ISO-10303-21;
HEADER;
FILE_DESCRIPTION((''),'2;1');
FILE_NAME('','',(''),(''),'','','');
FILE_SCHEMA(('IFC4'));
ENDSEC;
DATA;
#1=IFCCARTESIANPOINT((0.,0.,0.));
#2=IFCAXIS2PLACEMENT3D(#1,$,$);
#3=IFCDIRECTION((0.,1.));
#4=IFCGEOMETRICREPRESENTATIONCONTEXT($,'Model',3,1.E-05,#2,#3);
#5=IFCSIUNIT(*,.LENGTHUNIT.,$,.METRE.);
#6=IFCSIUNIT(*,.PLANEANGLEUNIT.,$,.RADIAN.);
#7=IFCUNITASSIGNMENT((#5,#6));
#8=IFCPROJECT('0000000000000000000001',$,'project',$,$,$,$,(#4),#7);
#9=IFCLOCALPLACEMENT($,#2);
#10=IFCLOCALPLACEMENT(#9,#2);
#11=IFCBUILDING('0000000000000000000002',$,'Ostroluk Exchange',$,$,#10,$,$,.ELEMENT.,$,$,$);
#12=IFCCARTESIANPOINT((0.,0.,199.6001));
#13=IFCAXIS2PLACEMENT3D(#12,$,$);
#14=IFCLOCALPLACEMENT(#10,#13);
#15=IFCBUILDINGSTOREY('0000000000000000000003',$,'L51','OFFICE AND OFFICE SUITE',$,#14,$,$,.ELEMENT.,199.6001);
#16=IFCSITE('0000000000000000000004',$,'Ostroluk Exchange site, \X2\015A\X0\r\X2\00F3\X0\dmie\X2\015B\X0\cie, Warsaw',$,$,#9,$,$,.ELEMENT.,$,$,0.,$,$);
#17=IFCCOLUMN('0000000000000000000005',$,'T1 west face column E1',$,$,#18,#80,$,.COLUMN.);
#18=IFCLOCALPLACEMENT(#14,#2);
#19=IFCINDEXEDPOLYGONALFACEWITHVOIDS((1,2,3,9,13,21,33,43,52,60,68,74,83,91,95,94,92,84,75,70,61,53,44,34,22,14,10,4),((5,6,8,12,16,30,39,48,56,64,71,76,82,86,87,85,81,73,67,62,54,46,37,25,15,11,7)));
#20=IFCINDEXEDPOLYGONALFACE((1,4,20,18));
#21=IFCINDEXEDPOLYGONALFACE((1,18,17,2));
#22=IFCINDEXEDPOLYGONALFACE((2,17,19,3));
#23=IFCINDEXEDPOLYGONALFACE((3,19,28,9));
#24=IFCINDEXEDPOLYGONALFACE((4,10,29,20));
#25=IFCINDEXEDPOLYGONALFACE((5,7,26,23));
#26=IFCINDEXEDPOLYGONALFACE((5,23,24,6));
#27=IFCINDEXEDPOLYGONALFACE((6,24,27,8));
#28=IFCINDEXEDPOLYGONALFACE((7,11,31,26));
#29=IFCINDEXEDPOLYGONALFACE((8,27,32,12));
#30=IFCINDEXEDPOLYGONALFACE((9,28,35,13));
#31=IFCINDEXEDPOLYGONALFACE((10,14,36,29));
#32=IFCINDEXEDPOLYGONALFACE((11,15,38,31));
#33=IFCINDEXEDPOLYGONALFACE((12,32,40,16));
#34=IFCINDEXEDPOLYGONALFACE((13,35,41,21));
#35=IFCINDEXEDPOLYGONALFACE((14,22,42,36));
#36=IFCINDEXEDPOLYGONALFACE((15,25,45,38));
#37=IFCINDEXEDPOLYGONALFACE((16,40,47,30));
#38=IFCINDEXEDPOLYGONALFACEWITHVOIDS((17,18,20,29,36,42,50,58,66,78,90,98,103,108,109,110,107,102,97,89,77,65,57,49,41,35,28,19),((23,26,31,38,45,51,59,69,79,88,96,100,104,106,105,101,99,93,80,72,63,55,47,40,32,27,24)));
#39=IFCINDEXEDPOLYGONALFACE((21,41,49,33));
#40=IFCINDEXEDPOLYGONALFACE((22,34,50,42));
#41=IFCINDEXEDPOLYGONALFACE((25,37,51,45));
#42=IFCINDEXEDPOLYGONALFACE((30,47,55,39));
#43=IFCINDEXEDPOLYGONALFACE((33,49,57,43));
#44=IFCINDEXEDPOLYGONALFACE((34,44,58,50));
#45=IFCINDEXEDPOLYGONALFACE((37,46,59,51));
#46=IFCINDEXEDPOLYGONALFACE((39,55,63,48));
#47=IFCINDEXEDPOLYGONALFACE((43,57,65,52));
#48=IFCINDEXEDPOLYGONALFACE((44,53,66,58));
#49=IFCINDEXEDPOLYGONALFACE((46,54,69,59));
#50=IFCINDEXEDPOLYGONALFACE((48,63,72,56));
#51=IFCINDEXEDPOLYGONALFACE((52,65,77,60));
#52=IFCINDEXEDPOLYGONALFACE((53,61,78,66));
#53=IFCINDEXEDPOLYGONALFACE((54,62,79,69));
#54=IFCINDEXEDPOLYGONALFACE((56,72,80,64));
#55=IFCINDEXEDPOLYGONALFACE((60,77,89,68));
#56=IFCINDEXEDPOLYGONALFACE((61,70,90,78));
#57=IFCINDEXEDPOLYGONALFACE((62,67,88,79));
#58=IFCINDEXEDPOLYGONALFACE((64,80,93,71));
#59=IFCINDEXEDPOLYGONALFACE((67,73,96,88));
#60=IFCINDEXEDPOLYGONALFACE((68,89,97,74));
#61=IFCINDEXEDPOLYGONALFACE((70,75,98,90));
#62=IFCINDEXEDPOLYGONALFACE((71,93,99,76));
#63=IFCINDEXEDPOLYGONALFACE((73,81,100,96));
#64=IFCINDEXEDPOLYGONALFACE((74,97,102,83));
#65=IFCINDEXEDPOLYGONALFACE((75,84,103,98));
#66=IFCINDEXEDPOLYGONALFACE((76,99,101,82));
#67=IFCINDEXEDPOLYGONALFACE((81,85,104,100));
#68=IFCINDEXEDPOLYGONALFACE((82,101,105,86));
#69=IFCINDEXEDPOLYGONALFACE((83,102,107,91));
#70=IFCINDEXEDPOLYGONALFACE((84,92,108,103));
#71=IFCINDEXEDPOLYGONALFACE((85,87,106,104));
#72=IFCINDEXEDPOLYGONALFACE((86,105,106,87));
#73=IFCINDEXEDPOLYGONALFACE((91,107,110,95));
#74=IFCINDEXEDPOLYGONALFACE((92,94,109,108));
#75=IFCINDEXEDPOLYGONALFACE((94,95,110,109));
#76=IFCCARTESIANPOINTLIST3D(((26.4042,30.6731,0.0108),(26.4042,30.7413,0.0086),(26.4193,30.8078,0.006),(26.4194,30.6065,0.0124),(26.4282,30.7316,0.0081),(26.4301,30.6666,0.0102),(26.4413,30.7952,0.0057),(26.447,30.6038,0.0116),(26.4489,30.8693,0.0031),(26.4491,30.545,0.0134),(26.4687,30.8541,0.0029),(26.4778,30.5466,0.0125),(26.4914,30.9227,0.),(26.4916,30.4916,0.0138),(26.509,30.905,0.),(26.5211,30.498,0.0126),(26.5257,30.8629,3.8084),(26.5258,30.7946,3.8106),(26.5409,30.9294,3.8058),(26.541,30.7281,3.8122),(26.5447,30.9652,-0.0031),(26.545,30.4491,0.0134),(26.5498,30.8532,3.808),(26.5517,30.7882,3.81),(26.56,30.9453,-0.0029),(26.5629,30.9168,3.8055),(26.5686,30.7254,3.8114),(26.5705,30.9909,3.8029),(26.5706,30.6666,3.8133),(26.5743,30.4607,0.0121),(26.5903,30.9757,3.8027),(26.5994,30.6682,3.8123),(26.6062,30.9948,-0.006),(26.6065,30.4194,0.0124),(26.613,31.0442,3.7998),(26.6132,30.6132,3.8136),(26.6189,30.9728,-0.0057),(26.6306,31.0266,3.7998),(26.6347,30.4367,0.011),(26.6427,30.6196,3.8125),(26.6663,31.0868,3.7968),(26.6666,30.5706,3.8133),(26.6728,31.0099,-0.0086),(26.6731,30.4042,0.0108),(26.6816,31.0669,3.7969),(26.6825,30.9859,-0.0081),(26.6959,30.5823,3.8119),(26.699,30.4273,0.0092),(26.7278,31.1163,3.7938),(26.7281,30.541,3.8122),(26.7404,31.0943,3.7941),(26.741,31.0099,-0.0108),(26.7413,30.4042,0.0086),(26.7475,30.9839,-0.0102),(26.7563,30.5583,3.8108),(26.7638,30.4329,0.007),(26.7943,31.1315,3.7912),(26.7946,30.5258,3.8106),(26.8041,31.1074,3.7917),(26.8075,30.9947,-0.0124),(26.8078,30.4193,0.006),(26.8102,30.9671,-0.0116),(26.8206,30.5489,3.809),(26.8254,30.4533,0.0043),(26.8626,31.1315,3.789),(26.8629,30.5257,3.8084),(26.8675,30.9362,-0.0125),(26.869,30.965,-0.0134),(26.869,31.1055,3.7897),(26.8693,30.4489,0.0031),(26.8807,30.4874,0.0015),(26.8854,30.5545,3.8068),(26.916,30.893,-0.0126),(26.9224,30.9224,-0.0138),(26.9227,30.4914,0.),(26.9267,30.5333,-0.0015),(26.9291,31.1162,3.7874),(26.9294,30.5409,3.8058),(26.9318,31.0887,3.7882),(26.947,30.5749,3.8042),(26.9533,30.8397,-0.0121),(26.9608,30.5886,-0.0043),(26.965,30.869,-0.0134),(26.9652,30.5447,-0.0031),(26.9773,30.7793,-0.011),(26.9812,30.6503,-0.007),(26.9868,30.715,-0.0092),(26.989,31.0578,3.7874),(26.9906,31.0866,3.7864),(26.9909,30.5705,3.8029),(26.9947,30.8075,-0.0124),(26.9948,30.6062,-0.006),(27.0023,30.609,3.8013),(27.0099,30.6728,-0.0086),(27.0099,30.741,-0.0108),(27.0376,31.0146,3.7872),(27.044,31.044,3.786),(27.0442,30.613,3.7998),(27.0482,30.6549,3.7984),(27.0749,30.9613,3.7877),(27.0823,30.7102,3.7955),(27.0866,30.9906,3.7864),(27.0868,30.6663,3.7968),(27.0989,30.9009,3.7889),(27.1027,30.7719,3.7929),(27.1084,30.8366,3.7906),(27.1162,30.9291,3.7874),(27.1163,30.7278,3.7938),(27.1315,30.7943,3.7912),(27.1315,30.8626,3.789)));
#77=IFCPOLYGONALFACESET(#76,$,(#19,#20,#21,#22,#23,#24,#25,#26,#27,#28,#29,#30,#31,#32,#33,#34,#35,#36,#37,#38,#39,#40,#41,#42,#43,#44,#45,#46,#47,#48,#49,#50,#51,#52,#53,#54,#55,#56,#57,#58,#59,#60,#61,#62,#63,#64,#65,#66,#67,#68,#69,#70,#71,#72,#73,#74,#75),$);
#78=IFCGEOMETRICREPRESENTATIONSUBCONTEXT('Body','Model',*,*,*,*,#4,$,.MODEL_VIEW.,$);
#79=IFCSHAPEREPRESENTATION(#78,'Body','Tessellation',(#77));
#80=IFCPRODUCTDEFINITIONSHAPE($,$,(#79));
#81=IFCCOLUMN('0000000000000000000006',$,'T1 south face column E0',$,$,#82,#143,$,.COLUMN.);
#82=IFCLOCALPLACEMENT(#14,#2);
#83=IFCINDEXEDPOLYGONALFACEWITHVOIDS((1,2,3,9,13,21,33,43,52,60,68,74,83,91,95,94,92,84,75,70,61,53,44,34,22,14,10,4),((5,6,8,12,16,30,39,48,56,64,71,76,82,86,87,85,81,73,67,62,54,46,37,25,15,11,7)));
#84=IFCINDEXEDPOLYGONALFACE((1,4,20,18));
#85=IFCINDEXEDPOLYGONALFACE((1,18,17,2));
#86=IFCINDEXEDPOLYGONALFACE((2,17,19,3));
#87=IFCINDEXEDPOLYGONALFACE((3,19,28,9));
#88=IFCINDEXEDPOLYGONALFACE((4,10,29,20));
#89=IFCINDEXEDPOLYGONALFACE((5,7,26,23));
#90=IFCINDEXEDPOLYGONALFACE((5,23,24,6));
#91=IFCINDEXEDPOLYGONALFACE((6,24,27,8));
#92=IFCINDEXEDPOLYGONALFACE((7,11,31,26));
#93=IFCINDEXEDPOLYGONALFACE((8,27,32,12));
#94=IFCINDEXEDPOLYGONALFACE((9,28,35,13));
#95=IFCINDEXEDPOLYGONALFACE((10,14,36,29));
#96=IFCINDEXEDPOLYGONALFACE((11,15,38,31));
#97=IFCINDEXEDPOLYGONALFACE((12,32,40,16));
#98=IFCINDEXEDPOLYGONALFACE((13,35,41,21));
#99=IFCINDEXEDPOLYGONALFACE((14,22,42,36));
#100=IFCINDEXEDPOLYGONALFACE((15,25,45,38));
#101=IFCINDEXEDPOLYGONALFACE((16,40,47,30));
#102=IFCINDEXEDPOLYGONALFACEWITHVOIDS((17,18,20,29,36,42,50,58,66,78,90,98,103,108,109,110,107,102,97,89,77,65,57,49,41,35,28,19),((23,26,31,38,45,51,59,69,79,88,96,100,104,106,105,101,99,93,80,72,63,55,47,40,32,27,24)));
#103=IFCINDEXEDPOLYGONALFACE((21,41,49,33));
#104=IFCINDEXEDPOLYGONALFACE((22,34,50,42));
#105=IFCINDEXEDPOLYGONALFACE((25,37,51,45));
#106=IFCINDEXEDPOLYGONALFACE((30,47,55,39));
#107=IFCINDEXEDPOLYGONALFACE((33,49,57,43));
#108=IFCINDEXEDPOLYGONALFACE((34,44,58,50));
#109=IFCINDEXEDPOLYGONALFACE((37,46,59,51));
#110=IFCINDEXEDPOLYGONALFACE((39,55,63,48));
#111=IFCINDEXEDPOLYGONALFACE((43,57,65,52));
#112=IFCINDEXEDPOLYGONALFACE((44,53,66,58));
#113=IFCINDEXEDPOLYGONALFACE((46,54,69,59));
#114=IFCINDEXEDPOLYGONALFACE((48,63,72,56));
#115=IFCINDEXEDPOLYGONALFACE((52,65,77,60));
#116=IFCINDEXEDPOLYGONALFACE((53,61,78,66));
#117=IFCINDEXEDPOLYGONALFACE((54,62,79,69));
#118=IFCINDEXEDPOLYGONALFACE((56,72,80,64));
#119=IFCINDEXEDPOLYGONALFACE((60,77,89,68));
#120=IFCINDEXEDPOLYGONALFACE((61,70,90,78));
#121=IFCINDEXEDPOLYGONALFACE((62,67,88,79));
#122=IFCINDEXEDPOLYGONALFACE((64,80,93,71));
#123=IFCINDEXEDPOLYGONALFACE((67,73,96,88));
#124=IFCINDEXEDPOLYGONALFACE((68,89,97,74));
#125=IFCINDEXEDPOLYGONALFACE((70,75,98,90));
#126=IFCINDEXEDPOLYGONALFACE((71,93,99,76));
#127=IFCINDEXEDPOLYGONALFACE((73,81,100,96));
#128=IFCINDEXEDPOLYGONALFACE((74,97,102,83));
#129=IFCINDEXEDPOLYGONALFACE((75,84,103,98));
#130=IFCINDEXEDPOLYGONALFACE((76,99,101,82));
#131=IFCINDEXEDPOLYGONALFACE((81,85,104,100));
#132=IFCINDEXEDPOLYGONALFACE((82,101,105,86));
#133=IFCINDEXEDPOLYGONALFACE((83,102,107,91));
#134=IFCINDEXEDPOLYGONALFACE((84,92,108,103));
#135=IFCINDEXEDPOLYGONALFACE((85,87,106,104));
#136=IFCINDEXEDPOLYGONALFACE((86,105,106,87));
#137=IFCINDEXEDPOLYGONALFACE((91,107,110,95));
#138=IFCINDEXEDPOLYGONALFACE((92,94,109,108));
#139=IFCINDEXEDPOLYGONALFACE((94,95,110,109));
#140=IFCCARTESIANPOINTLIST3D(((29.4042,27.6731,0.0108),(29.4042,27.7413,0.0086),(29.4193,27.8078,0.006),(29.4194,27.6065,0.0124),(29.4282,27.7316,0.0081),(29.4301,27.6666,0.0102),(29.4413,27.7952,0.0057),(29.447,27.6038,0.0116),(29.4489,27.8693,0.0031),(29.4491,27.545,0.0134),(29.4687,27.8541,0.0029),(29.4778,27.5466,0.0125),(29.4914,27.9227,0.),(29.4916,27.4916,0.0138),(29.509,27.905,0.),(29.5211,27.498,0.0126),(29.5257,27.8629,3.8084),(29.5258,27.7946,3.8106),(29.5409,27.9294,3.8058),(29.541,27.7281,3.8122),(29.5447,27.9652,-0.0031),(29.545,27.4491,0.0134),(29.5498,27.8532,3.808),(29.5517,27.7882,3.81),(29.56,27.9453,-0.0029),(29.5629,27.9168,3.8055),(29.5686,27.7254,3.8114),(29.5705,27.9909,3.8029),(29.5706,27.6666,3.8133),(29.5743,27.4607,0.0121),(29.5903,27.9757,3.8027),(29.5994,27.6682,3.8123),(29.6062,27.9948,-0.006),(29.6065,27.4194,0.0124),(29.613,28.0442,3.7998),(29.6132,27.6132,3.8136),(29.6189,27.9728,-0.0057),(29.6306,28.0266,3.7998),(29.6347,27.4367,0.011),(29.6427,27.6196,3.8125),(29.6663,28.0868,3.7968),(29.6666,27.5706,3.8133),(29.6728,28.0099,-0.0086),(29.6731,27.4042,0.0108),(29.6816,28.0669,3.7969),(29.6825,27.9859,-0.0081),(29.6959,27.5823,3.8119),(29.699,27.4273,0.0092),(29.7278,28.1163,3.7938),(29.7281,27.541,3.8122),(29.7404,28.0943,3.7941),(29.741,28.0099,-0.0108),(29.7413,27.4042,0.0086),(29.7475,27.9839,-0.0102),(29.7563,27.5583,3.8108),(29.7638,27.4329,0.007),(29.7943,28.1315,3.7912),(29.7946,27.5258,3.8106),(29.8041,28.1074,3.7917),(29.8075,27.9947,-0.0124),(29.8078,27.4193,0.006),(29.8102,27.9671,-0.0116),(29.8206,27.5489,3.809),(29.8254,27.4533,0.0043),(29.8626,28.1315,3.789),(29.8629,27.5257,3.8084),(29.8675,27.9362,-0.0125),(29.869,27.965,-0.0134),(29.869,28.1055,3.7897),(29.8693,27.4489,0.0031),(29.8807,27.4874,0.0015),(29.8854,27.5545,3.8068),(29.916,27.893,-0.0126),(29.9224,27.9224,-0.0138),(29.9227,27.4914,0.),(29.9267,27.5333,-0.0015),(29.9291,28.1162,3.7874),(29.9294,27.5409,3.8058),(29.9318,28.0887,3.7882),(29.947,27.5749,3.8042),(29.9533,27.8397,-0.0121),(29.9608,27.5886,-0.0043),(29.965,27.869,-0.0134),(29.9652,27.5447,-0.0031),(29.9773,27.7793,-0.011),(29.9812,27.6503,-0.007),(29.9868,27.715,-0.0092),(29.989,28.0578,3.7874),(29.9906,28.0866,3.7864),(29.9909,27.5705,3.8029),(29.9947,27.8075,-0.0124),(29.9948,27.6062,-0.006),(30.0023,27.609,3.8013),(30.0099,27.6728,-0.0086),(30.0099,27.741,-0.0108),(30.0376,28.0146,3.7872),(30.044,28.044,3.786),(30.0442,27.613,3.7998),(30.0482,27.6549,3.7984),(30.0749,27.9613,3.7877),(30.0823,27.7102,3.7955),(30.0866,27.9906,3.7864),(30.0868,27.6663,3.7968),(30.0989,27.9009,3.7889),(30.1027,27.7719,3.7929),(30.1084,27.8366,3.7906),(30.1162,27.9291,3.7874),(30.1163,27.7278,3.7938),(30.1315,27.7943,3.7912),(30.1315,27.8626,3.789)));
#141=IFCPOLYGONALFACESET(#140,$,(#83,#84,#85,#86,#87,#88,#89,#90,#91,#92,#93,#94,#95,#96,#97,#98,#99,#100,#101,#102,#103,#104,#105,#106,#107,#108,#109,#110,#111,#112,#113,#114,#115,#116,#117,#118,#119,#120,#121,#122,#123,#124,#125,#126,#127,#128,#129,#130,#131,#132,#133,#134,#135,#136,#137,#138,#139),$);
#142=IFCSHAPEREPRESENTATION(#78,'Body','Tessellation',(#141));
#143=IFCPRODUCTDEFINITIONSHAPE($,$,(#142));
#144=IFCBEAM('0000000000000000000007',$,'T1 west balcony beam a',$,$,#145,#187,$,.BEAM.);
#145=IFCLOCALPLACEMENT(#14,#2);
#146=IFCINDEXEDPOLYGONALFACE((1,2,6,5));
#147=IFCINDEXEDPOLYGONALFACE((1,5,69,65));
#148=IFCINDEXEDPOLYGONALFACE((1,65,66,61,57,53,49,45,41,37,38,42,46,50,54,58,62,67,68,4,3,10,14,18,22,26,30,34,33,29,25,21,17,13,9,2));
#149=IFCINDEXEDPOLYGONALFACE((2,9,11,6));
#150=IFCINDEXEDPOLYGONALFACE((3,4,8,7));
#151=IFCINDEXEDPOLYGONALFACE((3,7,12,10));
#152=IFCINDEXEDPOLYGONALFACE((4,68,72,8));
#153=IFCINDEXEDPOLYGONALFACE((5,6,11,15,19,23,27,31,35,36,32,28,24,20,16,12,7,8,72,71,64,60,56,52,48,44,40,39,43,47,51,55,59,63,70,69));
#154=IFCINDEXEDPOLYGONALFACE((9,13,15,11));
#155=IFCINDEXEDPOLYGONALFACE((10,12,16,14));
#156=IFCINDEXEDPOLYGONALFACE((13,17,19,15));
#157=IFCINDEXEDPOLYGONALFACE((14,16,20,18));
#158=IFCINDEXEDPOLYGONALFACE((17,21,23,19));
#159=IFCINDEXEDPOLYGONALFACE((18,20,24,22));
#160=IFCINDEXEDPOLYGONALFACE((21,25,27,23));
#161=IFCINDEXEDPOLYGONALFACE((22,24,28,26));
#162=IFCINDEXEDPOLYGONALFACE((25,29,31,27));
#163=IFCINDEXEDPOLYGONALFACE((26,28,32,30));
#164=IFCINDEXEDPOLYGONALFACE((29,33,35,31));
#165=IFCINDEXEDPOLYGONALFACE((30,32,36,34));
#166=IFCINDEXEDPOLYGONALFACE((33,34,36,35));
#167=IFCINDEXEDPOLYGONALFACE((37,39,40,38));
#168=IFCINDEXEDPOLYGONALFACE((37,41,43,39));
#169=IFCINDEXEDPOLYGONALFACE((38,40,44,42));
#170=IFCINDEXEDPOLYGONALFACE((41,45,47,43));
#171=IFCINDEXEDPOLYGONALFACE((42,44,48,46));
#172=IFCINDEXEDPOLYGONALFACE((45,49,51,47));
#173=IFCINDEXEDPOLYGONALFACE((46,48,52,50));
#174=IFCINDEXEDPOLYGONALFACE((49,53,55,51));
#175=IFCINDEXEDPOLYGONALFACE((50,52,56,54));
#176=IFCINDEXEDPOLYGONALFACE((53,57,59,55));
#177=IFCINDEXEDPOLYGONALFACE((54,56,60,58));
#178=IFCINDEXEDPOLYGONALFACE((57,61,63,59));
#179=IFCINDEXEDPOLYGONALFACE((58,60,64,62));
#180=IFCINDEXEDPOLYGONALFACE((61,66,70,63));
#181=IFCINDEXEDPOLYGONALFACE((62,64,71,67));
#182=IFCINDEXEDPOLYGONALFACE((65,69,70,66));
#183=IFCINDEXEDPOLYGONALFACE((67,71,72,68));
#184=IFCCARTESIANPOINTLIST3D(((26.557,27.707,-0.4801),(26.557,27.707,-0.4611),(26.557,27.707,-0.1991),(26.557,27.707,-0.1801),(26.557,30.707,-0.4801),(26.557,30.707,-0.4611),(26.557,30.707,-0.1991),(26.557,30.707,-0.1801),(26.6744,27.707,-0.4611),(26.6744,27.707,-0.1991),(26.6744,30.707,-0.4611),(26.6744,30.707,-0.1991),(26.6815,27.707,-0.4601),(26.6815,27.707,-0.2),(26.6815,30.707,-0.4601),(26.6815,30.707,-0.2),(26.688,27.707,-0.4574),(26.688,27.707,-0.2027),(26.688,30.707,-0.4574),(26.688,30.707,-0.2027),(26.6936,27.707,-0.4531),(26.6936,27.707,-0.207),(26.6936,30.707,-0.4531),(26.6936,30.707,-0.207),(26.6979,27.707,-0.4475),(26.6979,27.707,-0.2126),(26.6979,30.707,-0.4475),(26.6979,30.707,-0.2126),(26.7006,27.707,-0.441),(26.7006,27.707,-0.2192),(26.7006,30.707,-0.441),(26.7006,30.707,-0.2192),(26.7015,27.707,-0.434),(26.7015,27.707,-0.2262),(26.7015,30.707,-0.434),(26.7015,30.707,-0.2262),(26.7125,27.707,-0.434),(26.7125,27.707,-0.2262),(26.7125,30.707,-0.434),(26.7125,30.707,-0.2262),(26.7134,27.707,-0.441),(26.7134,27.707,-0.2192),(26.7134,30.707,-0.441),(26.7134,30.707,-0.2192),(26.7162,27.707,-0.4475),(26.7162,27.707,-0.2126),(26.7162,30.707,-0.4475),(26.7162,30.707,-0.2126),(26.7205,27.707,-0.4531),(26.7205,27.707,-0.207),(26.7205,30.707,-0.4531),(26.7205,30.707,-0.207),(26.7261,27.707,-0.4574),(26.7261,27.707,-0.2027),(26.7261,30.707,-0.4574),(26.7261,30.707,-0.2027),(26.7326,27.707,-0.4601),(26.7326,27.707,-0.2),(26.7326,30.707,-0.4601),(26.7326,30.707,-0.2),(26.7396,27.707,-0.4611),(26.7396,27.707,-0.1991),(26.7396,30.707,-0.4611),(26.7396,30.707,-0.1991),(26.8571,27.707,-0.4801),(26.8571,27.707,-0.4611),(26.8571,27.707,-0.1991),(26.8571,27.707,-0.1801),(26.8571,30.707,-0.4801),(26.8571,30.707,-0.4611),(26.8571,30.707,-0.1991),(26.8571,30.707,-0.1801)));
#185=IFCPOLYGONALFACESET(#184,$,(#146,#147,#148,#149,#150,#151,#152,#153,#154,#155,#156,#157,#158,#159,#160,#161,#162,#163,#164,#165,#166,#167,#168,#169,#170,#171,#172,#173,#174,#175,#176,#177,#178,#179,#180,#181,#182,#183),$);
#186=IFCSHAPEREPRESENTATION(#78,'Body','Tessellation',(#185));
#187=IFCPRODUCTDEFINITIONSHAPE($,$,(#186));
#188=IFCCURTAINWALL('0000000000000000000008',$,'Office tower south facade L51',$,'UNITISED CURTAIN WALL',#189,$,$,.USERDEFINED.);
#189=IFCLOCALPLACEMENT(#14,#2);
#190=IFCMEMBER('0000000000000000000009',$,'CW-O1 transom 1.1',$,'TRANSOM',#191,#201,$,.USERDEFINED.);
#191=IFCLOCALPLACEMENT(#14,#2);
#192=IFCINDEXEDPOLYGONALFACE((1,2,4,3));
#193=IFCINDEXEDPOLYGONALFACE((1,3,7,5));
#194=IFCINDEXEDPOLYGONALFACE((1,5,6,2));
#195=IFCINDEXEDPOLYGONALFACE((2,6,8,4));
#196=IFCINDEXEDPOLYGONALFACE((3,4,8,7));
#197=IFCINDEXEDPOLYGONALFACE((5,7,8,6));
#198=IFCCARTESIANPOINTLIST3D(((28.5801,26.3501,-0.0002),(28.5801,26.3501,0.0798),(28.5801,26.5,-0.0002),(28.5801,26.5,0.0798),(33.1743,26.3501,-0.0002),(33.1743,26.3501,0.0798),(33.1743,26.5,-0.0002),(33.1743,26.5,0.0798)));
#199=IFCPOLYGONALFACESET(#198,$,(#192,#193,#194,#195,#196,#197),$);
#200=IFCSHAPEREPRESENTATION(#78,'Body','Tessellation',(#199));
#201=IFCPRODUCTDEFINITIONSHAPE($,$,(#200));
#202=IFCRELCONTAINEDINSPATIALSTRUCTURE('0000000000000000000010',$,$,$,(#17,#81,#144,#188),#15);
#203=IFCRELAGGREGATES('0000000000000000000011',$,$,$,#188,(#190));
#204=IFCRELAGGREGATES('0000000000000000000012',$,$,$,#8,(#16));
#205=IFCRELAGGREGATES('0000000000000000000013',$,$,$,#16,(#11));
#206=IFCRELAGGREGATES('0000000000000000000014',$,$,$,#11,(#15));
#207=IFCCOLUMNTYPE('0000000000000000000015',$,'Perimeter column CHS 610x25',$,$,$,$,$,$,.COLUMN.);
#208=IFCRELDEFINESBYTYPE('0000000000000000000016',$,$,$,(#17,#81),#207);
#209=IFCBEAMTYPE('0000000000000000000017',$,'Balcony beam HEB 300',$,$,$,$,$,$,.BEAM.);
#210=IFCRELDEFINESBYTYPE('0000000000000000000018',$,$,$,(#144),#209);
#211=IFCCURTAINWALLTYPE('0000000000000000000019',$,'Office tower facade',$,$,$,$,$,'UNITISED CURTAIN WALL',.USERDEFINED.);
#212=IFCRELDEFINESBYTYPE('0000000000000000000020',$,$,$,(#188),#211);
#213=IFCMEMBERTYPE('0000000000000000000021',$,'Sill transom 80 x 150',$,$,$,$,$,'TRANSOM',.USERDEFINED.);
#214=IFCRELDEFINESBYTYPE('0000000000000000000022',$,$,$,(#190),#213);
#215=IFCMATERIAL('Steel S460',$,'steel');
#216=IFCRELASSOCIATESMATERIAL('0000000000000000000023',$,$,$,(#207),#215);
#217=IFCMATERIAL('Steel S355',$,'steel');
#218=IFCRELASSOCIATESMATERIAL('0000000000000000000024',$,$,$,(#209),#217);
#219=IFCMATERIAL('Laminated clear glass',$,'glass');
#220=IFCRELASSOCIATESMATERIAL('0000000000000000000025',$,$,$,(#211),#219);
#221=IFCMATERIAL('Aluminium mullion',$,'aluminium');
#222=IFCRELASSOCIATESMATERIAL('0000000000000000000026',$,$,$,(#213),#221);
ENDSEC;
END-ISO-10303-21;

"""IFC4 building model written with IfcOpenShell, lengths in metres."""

from ifc_helpers import new_model, si_unit, direction, frame, origin, origin_2d, place, context, subcontext, project, spatial, rectangle, hollow_circle, i_section, extrude, material, material_profile, profile_set, type_object, element, aggregate, save


model = new_model("IFC4")

# Units and contexts
model_context = context("Model", 3, precision=1e-05, world=origin(), true_north=direction((0.0, 1.0)))
body_context = subcontext(model_context, "Body", "Model", "MODEL_VIEW")
ifc_project = project(units=[si_unit("LENGTHUNIT", "METRE"), si_unit("PLANEANGLEUNIT", "RADIAN")], contexts=[model_context])

# Site, building, storey
site_placement = place(None, origin())
site = spatial("IfcSite", under=ifc_project, at=site_placement, Name="Ostroluk Exchange site, Śródmieście, Warsaw", CompositionType="ELEMENT", RefElevation=0.0)
building_placement = place(site_placement, origin())
building = spatial("IfcBuilding", under=site, at=building_placement, Name="Ostroluk Exchange", CompositionType="ELEMENT")
storey_placement = place(building_placement, frame((0.0, 0.0, 199.6001)))
storey = spatial("IfcBuildingStorey", under=building, at=storey_placement, Name="L51", Description="OFFICE AND OFFICE SUITE", CompositionType="ELEMENT", Elevation=199.6001)

# Columns
ifc_material_1 = material(Name="Steel S460", Category="steel")
ifc_material_profile_1 = material_profile(ifc_material_1, hollow_circle(Radius=0.3049, WallThickness=0.0249, at=origin_2d()), Name="CHS 610x25")
ifc_profile_set_1 = profile_set([ifc_material_profile_1], Name="Steel S460")
column_type = type_object("IfcColumnType", Name="Perimeter column CHS 610x25", PredefinedType="COLUMN", material=ifc_profile_set_1)
for number, where, z_axis, x_axis, name in (
    (1, (26.707, 30.707, 0.0), (0.031964, 0.031964, 0.998978), (-0.707107, 0.707107, 0.0), "T1 west face column E1"),
    (2, (29.707, 27.707, 0.0), (0.031964, 0.031964, 0.998978), (-0.707107, 0.707107, 0.0), "T1 south face column E0"),
):
    element("IfcColumn", number, at=place(storey_placement, frame(where, z_axis=z_axis, x_axis=x_axis)), inside=storey, type_object=column_type, Name=name, PredefinedType="COLUMN", context=body_context, shape_type="SweptSolid", body=[
        extrude(hollow_circle(Radius=0.3049, WallThickness=0.0249, at=origin_2d()), origin(), (0.0, 0.0, 1.0), 3.8037),
    ])

# Beam
ifc_material_2 = material(Name="Steel S355", Category="steel")
ifc_material_profile_2 = material_profile(ifc_material_2, i_section(OverallWidth=0.3, OverallDepth=0.3, WebThickness=0.011, FlangeThickness=0.019, FilletRadius=0.0271, at=origin_2d()), Name="HEB 300")
ifc_profile_set_2 = profile_set([ifc_material_profile_2], Name="Steel S355")
beam_type = type_object("IfcBeamType", Name="Balcony beam HEB 300", PredefinedType="BEAM", material=ifc_profile_set_2)
beam_placement = place(storey_placement, frame((26.707, 30.707, -0.3301), z_axis=(0.0, -1.0, 0.0), x_axis=(1.0, 0.0, 0.0)))
element("IfcBeam", 3, at=beam_placement, inside=storey, type_object=beam_type, Name="T1 west balcony beam a", PredefinedType="BEAM", context=body_context, shape_type="SweptSolid", body=[
    extrude(i_section(OverallWidth=0.3, OverallDepth=0.3, WebThickness=0.011, FlangeThickness=0.019, FilletRadius=0.0271, at=origin_2d()), origin(), (0.0, 0.0, 1.0), 3.0),
])

# Curtain wall, member
ifc_material_3 = material(Name="Laminated clear glass", Category="glass")
curtain_wall_type = type_object("IfcCurtainWallType", Name="Office tower facade", ElementType="UNITISED CURTAIN WALL", PredefinedType="USERDEFINED", material=ifc_material_3)
curtain_wall_1_placement = place(storey_placement, origin())
curtain_wall_1 = element("IfcCurtainWall", 4, at=curtain_wall_1_placement, inside=storey, type_object=curtain_wall_type, Name="Office tower south facade L51", ObjectType="UNITISED CURTAIN WALL", PredefinedType="USERDEFINED")
ifc_material_4 = material(Name="Aluminium mullion", Category="aluminium")
ifc_material_profile_3 = material_profile(ifc_material_4, rectangle(XDim=0.1499, YDim=0.0801, at=origin_2d()), Name="Sill transom 80 x 150")
ifc_profile_set_3 = profile_set([ifc_material_profile_3], Name="Aluminium mullion")
member_type_1 = type_object("IfcMemberType", Name="Sill transom 80 x 150", ElementType="TRANSOM", PredefinedType="USERDEFINED", material=ifc_profile_set_3)
member_1_placement = place(storey_placement, frame((28.5801, 26.425, 0.0398), z_axis=(1.0, 0.0, 0.0), x_axis=(0.0, 1.0, 0.0)))
member_1 = element("IfcMember", 5, at=member_1_placement, type_object=member_type_1, Name="CW-O1 transom 1.1", ObjectType="TRANSOM", PredefinedType="USERDEFINED", context=body_context, shape_type="SweptSolid", body=[
    extrude(rectangle(XDim=0.1499, YDim=0.0801, at=origin_2d()), origin(), (0.0, 0.0, 1.0), 4.5942),
])
aggregate(curtain_wall_1, [member_1])

save(model, "model.ifc")
